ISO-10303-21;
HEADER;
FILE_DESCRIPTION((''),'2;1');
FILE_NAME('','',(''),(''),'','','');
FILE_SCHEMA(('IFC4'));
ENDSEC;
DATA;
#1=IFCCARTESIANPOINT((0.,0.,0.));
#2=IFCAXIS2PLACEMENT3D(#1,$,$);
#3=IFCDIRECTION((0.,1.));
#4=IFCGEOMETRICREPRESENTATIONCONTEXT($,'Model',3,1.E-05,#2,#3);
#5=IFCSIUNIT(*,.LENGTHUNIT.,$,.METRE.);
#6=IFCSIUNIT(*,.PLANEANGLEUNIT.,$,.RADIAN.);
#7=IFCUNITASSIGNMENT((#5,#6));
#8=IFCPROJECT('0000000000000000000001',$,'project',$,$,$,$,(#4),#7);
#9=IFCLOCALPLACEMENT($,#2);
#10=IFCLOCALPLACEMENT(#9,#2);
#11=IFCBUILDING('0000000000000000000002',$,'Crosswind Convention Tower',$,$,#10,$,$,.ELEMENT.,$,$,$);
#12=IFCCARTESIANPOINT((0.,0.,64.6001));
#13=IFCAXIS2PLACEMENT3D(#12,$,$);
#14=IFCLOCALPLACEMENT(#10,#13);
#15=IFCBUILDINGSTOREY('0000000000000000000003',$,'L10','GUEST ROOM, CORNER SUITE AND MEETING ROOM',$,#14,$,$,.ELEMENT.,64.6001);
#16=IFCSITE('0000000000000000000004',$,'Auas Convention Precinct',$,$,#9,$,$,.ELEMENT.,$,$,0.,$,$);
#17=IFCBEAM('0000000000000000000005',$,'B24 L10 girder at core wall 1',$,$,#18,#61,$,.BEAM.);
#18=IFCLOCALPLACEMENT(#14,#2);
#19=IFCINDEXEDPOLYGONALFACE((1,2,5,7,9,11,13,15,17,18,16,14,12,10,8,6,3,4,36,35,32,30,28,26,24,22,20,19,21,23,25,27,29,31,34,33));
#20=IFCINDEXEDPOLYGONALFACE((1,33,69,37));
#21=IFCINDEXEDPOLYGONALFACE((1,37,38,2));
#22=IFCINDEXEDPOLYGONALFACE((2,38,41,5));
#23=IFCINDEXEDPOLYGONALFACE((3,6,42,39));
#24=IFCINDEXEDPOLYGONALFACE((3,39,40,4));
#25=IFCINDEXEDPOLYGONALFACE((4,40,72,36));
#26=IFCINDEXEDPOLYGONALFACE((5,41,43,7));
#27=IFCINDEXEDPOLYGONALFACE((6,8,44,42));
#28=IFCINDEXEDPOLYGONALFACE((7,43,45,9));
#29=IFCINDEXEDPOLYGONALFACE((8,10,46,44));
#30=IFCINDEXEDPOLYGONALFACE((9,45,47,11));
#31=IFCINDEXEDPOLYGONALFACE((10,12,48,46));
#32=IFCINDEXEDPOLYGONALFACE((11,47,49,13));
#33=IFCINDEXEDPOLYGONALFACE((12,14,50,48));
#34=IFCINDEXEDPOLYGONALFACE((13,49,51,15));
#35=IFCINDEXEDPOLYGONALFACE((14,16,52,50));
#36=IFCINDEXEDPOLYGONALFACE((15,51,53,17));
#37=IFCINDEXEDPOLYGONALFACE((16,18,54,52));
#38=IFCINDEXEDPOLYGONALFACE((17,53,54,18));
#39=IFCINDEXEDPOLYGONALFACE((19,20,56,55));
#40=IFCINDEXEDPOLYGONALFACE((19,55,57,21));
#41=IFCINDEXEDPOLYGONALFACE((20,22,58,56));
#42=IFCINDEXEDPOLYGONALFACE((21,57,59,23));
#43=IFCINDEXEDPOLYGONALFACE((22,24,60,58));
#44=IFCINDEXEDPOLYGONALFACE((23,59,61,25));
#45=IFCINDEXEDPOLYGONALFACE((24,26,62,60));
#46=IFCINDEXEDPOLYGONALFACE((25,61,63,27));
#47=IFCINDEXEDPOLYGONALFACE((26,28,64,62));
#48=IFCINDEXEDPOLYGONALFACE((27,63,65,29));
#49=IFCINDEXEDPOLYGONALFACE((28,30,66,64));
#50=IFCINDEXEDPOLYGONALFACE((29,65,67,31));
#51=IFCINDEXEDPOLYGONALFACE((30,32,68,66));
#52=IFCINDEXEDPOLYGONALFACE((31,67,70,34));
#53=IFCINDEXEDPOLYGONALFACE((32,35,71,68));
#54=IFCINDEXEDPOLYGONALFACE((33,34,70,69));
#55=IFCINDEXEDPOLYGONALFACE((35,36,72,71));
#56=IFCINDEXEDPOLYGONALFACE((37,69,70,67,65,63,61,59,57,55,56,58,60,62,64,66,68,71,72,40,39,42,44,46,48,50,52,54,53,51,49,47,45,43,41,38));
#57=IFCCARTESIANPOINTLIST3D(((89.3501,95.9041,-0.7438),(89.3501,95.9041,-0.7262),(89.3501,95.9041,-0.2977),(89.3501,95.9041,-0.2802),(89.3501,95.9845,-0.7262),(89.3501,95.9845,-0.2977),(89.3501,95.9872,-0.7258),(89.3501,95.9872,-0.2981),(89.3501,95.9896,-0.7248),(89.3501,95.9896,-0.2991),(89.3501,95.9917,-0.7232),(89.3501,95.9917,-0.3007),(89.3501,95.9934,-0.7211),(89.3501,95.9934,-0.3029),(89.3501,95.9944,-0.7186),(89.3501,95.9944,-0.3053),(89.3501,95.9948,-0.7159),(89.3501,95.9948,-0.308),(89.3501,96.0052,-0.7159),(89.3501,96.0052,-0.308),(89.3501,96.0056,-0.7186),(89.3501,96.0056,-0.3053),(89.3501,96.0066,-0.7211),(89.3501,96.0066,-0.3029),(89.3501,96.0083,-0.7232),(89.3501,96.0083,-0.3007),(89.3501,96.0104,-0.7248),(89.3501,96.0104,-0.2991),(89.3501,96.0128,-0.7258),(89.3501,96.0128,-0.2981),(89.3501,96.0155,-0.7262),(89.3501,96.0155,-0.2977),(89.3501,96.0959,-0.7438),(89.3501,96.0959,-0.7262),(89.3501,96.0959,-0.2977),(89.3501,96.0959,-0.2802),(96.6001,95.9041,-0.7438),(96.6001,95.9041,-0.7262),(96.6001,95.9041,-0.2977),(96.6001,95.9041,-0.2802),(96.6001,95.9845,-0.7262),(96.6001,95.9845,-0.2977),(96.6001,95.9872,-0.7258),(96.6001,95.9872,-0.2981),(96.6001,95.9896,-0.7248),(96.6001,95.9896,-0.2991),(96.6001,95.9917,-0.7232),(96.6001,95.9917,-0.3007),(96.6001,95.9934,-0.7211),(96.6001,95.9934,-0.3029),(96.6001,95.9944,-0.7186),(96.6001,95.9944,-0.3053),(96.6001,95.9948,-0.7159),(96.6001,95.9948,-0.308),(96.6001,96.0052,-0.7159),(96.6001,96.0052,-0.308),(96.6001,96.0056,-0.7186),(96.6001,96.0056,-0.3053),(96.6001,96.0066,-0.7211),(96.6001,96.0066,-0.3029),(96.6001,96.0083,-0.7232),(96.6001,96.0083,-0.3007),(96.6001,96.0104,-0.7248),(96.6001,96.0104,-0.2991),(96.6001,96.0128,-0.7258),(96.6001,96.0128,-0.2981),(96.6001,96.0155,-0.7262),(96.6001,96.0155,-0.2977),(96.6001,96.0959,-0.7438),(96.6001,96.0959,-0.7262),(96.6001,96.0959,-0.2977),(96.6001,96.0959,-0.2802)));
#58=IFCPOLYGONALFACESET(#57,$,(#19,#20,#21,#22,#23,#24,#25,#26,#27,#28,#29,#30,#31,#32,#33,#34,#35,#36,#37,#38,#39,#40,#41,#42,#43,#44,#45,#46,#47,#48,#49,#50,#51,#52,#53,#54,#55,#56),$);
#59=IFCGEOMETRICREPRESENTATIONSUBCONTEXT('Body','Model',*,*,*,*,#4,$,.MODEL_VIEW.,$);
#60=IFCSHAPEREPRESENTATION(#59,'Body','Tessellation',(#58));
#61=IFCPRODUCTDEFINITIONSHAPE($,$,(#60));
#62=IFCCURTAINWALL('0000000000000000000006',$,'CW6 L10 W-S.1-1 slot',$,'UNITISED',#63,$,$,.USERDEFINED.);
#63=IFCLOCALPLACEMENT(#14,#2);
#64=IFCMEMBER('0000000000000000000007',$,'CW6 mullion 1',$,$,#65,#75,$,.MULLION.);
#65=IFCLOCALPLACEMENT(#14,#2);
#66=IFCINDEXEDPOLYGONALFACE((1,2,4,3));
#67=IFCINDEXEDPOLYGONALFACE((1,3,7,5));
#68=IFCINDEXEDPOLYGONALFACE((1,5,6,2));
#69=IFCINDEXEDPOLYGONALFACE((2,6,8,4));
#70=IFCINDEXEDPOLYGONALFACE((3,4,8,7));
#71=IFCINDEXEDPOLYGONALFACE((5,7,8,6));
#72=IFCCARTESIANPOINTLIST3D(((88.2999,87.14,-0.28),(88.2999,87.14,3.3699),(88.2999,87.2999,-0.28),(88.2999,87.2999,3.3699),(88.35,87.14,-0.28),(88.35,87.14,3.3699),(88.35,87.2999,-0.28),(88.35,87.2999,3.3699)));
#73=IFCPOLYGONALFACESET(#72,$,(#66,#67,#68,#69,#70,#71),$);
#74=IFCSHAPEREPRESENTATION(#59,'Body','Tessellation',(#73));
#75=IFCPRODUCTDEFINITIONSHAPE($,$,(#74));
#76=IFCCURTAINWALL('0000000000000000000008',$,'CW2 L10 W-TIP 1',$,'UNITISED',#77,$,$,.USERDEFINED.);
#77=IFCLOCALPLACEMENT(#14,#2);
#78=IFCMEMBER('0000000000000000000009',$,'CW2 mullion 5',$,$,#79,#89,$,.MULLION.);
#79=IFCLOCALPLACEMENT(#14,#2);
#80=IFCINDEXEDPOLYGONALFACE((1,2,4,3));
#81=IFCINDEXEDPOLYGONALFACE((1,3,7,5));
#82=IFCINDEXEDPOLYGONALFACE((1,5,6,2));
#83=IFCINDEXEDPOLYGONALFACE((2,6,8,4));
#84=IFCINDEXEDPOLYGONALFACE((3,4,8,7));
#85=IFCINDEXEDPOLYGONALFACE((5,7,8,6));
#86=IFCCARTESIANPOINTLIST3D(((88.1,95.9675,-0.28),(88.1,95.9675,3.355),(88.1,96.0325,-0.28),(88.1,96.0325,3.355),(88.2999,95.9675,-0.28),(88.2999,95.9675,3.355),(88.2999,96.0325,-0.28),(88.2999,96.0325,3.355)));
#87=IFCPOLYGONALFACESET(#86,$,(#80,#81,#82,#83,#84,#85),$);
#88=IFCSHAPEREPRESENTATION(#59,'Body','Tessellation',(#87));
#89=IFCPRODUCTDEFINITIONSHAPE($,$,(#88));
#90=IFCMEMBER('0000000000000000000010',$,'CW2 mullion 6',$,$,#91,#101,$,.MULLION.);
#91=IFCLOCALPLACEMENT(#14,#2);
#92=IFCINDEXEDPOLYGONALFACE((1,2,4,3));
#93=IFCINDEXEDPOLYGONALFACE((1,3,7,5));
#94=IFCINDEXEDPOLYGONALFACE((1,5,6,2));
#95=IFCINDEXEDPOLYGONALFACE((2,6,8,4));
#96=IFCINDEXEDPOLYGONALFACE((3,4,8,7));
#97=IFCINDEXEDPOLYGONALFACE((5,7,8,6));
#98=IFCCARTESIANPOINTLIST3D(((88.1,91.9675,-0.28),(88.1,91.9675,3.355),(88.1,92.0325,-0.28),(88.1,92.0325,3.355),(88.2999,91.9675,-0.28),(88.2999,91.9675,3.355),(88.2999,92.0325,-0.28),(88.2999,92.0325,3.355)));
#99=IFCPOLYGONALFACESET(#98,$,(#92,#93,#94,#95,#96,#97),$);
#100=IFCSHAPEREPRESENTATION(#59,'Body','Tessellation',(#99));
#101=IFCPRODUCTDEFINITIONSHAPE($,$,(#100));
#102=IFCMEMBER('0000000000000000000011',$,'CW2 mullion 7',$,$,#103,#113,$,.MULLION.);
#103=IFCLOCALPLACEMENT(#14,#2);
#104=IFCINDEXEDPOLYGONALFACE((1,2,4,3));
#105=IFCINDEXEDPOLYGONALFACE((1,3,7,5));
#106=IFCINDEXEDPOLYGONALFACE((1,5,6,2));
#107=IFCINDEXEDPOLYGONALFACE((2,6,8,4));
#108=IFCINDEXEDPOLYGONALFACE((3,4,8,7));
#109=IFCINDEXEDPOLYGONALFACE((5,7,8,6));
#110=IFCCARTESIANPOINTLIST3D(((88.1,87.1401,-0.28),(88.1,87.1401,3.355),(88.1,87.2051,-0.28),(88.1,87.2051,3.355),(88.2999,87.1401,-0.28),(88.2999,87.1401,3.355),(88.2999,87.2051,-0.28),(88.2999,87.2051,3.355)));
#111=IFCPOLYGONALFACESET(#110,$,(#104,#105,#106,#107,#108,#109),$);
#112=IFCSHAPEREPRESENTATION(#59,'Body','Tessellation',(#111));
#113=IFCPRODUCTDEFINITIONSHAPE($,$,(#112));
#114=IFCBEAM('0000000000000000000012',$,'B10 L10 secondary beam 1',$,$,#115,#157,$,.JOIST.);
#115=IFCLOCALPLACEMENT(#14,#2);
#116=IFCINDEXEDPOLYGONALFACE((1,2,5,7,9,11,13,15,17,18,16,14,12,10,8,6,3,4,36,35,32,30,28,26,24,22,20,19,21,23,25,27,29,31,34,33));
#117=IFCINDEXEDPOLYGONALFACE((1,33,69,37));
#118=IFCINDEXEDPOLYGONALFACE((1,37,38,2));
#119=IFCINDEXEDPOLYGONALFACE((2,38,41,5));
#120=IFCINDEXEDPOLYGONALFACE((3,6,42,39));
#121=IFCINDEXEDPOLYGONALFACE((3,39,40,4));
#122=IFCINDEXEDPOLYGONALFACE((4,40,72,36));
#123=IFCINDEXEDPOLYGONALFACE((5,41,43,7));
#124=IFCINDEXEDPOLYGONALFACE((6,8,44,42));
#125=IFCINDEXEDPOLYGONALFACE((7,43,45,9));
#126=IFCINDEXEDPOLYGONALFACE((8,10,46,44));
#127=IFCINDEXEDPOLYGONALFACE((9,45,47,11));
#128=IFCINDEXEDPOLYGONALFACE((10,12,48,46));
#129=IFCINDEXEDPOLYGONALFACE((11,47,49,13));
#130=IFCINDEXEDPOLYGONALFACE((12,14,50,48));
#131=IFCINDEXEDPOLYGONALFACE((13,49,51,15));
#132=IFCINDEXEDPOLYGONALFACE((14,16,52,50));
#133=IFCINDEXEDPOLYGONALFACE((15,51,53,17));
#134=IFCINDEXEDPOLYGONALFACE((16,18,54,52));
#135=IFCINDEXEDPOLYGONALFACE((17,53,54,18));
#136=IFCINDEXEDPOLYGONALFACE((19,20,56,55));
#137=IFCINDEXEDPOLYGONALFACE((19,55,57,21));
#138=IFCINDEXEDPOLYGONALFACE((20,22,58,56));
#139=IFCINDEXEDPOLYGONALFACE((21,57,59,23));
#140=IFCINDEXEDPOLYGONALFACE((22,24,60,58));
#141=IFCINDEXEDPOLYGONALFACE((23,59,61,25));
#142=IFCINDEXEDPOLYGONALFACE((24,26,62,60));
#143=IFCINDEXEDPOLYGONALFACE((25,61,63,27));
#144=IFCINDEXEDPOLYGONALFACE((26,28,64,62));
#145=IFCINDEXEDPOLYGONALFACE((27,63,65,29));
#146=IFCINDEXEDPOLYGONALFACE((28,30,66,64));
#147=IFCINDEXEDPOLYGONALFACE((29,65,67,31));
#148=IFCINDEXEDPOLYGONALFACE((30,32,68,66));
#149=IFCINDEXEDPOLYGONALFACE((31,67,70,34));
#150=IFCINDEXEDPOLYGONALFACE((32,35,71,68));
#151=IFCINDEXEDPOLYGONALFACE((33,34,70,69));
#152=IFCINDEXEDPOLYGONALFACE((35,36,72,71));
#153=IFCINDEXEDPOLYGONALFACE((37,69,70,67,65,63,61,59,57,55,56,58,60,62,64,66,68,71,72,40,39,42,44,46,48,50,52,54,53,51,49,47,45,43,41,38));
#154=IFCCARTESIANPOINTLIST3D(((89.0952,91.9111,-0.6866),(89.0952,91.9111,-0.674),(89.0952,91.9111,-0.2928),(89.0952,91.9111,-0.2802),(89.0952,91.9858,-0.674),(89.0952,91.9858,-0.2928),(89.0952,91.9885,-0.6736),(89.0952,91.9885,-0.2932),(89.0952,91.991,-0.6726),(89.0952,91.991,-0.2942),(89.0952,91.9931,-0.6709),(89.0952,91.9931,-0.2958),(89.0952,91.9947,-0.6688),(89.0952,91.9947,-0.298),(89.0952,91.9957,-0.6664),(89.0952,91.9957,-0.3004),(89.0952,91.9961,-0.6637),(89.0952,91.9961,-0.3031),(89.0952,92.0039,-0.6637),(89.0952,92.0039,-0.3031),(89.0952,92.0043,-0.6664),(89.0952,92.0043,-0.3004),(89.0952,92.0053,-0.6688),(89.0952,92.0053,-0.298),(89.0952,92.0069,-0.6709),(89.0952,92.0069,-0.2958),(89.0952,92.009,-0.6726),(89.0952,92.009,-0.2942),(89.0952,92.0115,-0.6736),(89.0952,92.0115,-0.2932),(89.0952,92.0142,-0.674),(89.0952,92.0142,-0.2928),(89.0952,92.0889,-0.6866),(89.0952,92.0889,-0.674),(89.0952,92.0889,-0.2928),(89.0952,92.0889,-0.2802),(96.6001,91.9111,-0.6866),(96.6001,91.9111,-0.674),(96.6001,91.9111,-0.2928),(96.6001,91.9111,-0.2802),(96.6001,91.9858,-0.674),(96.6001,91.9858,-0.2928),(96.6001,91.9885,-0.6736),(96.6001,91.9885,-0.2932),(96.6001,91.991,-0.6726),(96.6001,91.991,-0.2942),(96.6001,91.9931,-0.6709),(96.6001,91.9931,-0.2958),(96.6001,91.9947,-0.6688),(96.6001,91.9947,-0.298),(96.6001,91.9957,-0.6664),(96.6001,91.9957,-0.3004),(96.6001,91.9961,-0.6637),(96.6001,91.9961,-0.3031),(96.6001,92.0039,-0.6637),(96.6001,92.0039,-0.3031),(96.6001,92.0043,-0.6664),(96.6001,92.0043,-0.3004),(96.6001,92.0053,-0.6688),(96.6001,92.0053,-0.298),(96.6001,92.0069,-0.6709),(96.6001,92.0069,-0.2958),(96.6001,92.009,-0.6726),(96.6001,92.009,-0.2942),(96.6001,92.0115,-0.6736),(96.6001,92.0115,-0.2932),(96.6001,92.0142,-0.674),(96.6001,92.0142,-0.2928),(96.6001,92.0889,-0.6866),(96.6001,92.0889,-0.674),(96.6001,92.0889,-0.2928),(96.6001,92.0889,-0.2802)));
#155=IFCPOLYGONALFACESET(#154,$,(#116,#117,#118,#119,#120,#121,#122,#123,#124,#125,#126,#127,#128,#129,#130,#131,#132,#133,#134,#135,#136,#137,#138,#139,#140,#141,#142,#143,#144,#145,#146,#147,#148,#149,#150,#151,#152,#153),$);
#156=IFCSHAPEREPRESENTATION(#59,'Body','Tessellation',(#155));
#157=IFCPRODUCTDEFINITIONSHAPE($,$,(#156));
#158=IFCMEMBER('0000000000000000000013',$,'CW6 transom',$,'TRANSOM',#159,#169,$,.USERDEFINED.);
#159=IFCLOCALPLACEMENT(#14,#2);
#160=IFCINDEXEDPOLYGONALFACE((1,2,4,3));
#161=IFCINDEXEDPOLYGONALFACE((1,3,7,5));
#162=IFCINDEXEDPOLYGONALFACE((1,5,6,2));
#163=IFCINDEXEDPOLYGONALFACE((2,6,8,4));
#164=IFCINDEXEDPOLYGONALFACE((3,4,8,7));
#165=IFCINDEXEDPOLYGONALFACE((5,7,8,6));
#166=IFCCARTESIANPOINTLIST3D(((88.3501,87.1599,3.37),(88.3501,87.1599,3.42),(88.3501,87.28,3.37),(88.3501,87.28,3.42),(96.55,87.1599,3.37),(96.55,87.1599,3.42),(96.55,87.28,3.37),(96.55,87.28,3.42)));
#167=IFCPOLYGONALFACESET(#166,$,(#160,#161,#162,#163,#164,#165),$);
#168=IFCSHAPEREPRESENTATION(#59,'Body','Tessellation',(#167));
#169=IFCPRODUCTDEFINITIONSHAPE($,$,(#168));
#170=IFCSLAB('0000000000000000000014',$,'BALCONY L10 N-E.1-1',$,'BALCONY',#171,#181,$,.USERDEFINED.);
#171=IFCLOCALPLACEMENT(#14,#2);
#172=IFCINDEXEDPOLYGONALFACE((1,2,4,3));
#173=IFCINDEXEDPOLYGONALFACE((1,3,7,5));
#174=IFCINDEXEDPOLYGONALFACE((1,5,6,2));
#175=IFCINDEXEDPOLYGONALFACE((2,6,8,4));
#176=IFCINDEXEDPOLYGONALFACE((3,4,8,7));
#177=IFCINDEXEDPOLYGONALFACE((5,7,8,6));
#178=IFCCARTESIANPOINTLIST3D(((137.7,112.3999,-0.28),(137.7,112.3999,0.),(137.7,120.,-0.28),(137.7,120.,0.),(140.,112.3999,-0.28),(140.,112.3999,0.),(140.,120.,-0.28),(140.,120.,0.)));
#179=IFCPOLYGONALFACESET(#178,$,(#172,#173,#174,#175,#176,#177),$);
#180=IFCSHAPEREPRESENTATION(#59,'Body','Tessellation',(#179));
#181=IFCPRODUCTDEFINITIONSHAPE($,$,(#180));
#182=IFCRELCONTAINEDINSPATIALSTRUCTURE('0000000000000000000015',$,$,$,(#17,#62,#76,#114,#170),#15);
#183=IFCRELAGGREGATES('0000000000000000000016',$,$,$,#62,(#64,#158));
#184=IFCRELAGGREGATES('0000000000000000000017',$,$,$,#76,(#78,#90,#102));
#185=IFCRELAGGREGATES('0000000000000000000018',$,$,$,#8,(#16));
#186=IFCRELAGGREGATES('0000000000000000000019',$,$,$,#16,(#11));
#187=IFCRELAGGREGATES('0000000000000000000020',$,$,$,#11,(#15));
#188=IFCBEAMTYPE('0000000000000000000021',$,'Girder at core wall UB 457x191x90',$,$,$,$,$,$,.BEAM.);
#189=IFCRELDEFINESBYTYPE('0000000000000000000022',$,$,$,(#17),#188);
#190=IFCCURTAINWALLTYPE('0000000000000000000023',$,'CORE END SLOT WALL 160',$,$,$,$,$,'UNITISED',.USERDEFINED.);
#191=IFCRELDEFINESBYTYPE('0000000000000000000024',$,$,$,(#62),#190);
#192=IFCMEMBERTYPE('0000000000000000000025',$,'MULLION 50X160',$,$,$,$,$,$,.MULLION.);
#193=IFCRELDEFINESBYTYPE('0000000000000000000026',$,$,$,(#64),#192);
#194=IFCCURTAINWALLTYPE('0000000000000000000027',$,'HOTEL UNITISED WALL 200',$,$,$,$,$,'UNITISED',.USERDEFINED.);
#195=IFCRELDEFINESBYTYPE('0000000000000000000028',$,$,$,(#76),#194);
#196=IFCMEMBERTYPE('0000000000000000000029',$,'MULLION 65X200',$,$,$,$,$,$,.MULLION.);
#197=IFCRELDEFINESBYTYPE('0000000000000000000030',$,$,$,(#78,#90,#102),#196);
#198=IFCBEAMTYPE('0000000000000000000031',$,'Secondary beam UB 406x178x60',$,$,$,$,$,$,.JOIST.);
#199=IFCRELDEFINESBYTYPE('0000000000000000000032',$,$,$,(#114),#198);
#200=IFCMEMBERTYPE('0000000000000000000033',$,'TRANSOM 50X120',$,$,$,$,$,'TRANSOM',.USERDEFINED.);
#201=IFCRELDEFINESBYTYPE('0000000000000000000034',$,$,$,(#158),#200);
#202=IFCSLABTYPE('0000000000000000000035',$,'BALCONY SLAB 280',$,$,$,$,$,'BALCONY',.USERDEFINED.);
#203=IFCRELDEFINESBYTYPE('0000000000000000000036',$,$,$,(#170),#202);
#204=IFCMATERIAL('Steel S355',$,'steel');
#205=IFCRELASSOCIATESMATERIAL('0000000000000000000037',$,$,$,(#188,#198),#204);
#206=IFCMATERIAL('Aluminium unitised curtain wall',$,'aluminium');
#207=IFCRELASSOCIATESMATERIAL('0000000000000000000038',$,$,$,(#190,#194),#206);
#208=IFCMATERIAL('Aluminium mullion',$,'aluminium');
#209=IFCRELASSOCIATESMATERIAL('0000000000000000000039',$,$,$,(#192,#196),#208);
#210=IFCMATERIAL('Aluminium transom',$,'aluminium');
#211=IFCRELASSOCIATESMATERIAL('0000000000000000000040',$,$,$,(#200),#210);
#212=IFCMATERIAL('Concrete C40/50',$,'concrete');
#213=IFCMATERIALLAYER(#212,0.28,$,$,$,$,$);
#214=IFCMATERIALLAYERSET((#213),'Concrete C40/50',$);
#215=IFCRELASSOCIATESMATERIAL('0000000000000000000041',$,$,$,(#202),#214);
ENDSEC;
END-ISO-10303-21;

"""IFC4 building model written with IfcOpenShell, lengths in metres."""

from ifc_helpers import new_model, si_unit, direction, frame, origin, origin_2d, place, context, subcontext, project, spatial, polyline, rectangle, i_section, outline, extrude, material, layer, layer_set, material_profile, profile_set, type_object, element, aggregate, save


model = new_model("IFC4")

# Units and contexts
model_context = context("Model", 3, precision=1e-05, world=origin(), true_north=direction((0.0, 1.0)))
body_context = subcontext(model_context, "Body", "Model", "MODEL_VIEW")
ifc_project = project(units=[si_unit("LENGTHUNIT", "METRE"), si_unit("PLANEANGLEUNIT", "RADIAN")], contexts=[model_context])

# Site, building, storey
site_placement = place(None, origin())
site = spatial("IfcSite", under=ifc_project, at=site_placement, Name="Auas Convention Precinct", CompositionType="ELEMENT", RefElevation=0.0)
building_placement = place(site_placement, origin())
building = spatial("IfcBuilding", under=site, at=building_placement, Name="Crosswind Convention Tower", CompositionType="ELEMENT")
storey_placement = place(building_placement, frame((0.0, 0.0, 64.6001)))
storey = spatial("IfcBuildingStorey", under=building, at=storey_placement, Name="L10", Description="GUEST ROOM, CORNER SUITE AND MEETING ROOM", CompositionType="ELEMENT", Elevation=64.6001)

# Beam
ifc_material_1 = material(Name="Steel S355", Category="steel")
ifc_material_profile_1 = material_profile(ifc_material_1, i_section(OverallWidth=0.1919, OverallDepth=0.4636, WebThickness=0.0105, FlangeThickness=0.0176, FilletRadius=0.0103, at=origin_2d()), Name="UB 457x191x90")
ifc_profile_set_1 = profile_set([ifc_material_profile_1], Name="Steel S355")
beam_type_1 = type_object("IfcBeamType", Name="Girder at core wall UB 457x191x90", PredefinedType="BEAM", material=ifc_profile_set_1)
beam_1_placement = place(storey_placement, frame((89.3501, 96.0, -0.512), z_axis=(1.0, 0.0, 0.0), x_axis=(0.0, 1.0, 0.0)))
element("IfcBeam", 1, at=beam_1_placement, inside=storey, type_object=beam_type_1, Name="B24 L10 girder at core wall 1", PredefinedType="BEAM", context=body_context, shape_type="SweptSolid", body=[
    extrude(i_section(OverallWidth=0.1919, OverallDepth=0.4636, WebThickness=0.0105, FlangeThickness=0.0176, FilletRadius=0.0103, at=origin_2d()), origin(), (0.0, 0.0, 1.0), 7.25),
])

# Curtain wall, member
ifc_material_2 = material(Name="Aluminium unitised curtain wall", Category="aluminium")
curtain_wall_type_1 = type_object("IfcCurtainWallType", Name="CORE END SLOT WALL 160", ElementType="UNITISED", PredefinedType="USERDEFINED", material=ifc_material_2)
curtain_wall_1_placement = place(storey_placement, origin())
curtain_wall_1 = element("IfcCurtainWall", 2, at=curtain_wall_1_placement, inside=storey, type_object=curtain_wall_type_1, Name="CW6 L10 W-S.1-1 slot", ObjectType="UNITISED", PredefinedType="USERDEFINED")
ifc_material_3 = material(Name="Aluminium mullion", Category="aluminium")
ifc_material_profile_2 = material_profile(ifc_material_3, rectangle(XDim=0.1599, YDim=0.05, at=origin_2d()), Name="AL 160X50")
ifc_profile_set_2 = profile_set([ifc_material_profile_2], Name="Aluminium mullion")
member_type_1 = type_object("IfcMemberType", Name="MULLION 50X160", PredefinedType="MULLION", material=ifc_profile_set_2)
member_1_placement = place(storey_placement, frame((88.325, 87.22, -0.28), z_axis=(0.0, 0.0, 1.0), x_axis=(0.0, -1.0, 0.0)))
member_1 = element("IfcMember", 3, at=member_1_placement, type_object=member_type_1, Name="CW6 mullion 1", PredefinedType="MULLION", context=body_context, shape_type="SweptSolid", body=[
    extrude(rectangle(XDim=0.1599, YDim=0.05, at=origin_2d()), origin(), (0.0, 0.0, 1.0), 3.6499),
])

# Curtain wall, members
curtain_wall_type_2 = type_object("IfcCurtainWallType", Name="HOTEL UNITISED WALL 200", ElementType="UNITISED", PredefinedType="USERDEFINED", material=ifc_material_2)
curtain_wall_2_placement = place(storey_placement, origin())
curtain_wall_2 = element("IfcCurtainWall", 4, at=curtain_wall_2_placement, inside=storey, type_object=curtain_wall_type_2, Name="CW2 L10 W-TIP 1", ObjectType="UNITISED", PredefinedType="USERDEFINED")
ifc_material_profile_3 = material_profile(ifc_material_3, rectangle(XDim=0.2, YDim=0.0649, at=origin_2d()), Name="AL 200X65")
ifc_profile_set_3 = profile_set([ifc_material_profile_3], Name="Aluminium mullion")
member_type_2 = type_object("IfcMemberType", Name="MULLION 65X200", PredefinedType="MULLION", material=ifc_profile_set_3)
member_2_placement = place(storey_placement, frame((88.2, 96.0, -0.28), z_axis=(0.0, 0.0, 1.0), x_axis=(-1.0, 0.0, 0.0)))
member_2 = element("IfcMember", 5, at=member_2_placement, type_object=member_type_2, Name="CW2 mullion 5", PredefinedType="MULLION", context=body_context, shape_type="SweptSolid", body=[
    extrude(rectangle(XDim=0.2, YDim=0.0649, at=origin_2d()), origin(), (0.0, 0.0, 1.0), 3.635),
])
member_3_placement = place(storey_placement, frame((88.2, 92.0, -0.28), z_axis=(0.0, 0.0, 1.0), x_axis=(-1.0, 0.0, 0.0)))
member_3 = element("IfcMember", 6, at=member_3_placement, type_object=member_type_2, Name="CW2 mullion 6", PredefinedType="MULLION", context=body_context, shape_type="SweptSolid", body=[
    extrude(rectangle(XDim=0.2, YDim=0.0649, at=origin_2d()), origin(), (0.0, 0.0, 1.0), 3.635),
])
member_4_placement = place(storey_placement, frame((88.2, 87.1726, -0.28), z_axis=(0.0, 0.0, 1.0), x_axis=(-1.0, 0.0, 0.0)))
member_4 = element("IfcMember", 7, at=member_4_placement, type_object=member_type_2, Name="CW2 mullion 7", PredefinedType="MULLION", context=body_context, shape_type="SweptSolid", body=[
    extrude(rectangle(XDim=0.2, YDim=0.0649, at=origin_2d()), origin(), (0.0, 0.0, 1.0), 3.635),
])

# Beam
ifc_material_profile_4 = material_profile(ifc_material_1, i_section(OverallWidth=0.1777, OverallDepth=0.4065, WebThickness=0.0078, FlangeThickness=0.0127, FilletRadius=0.0103, at=origin_2d()), Name="UB 406x178x60")
ifc_profile_set_4 = profile_set([ifc_material_profile_4], Name="Steel S355")
beam_type_2 = type_object("IfcBeamType", Name="Secondary beam UB 406x178x60", PredefinedType="JOIST", material=ifc_profile_set_4)
beam_2_placement = place(storey_placement, frame((89.0952, 92.0, -0.4834), z_axis=(1.0, 0.0, 0.0), x_axis=(0.0, 1.0, 0.0)))
element("IfcBeam", 8, at=beam_2_placement, inside=storey, type_object=beam_type_2, Name="B10 L10 secondary beam 1", PredefinedType="JOIST", context=body_context, shape_type="SweptSolid", body=[
    extrude(i_section(OverallWidth=0.1777, OverallDepth=0.4065, WebThickness=0.0078, FlangeThickness=0.0127, FilletRadius=0.0103, at=origin_2d()), origin(), (0.0, 0.0, 1.0), 7.5049),
])

# Member
ifc_material_4 = material(Name="Aluminium transom", Category="aluminium")
ifc_material_profile_5 = material_profile(ifc_material_4, rectangle(XDim=0.1201, YDim=0.05, at=origin_2d()), Name="AL 120X50")
ifc_profile_set_5 = profile_set([ifc_material_profile_5], Name="Aluminium transom")
member_type_3 = type_object("IfcMemberType", Name="TRANSOM 50X120", ElementType="TRANSOM", PredefinedType="USERDEFINED", material=ifc_profile_set_5)
member_5_placement = place(storey_placement, frame((88.3501, 87.22, 3.395), z_axis=(1.0, 0.0, 0.0), x_axis=(0.0, 1.0, 0.0)))
member_5 = element("IfcMember", 9, at=member_5_placement, type_object=member_type_3, Name="CW6 transom", ObjectType="TRANSOM", PredefinedType="USERDEFINED", context=body_context, shape_type="SweptSolid", body=[
    extrude(rectangle(XDim=0.1201, YDim=0.05, at=origin_2d()), origin(), (0.0, 0.0, 1.0), 8.2),
])

# Slab
ifc_material_5 = material(Name="Concrete C40/50", Category="concrete")
ifc_layer_1 = layer(ifc_material_5, 0.28)
ifc_layer_set_1 = layer_set([ifc_layer_1], Name="Concrete C40/50")
slab_type_1 = type_object("IfcSlabType", Name="BALCONY SLAB 280", ElementType="BALCONY", PredefinedType="USERDEFINED", material=ifc_layer_set_1)
slab_1_placement = place(storey_placement, frame((0.0, 0.0, -0.28)))
element("IfcSlab", 10, at=slab_1_placement, inside=storey, type_object=slab_type_1, Name="BALCONY L10 N-E.1-1", ObjectType="BALCONY", PredefinedType="USERDEFINED", context=body_context, shape_type="SweptSolid", body=[
    extrude(outline(polyline([(137.7, 112.3999), (137.7, 120.0), (140.0, 120.0), (140.0, 112.3999), (137.7, 112.3999)])), origin(), (0.0, 0.0, 1.0), 0.28),
])

aggregate(curtain_wall_1, [member_1, member_5])
aggregate(curtain_wall_2, [member_2, member_3, member_4])

save(model, "model.ifc")
